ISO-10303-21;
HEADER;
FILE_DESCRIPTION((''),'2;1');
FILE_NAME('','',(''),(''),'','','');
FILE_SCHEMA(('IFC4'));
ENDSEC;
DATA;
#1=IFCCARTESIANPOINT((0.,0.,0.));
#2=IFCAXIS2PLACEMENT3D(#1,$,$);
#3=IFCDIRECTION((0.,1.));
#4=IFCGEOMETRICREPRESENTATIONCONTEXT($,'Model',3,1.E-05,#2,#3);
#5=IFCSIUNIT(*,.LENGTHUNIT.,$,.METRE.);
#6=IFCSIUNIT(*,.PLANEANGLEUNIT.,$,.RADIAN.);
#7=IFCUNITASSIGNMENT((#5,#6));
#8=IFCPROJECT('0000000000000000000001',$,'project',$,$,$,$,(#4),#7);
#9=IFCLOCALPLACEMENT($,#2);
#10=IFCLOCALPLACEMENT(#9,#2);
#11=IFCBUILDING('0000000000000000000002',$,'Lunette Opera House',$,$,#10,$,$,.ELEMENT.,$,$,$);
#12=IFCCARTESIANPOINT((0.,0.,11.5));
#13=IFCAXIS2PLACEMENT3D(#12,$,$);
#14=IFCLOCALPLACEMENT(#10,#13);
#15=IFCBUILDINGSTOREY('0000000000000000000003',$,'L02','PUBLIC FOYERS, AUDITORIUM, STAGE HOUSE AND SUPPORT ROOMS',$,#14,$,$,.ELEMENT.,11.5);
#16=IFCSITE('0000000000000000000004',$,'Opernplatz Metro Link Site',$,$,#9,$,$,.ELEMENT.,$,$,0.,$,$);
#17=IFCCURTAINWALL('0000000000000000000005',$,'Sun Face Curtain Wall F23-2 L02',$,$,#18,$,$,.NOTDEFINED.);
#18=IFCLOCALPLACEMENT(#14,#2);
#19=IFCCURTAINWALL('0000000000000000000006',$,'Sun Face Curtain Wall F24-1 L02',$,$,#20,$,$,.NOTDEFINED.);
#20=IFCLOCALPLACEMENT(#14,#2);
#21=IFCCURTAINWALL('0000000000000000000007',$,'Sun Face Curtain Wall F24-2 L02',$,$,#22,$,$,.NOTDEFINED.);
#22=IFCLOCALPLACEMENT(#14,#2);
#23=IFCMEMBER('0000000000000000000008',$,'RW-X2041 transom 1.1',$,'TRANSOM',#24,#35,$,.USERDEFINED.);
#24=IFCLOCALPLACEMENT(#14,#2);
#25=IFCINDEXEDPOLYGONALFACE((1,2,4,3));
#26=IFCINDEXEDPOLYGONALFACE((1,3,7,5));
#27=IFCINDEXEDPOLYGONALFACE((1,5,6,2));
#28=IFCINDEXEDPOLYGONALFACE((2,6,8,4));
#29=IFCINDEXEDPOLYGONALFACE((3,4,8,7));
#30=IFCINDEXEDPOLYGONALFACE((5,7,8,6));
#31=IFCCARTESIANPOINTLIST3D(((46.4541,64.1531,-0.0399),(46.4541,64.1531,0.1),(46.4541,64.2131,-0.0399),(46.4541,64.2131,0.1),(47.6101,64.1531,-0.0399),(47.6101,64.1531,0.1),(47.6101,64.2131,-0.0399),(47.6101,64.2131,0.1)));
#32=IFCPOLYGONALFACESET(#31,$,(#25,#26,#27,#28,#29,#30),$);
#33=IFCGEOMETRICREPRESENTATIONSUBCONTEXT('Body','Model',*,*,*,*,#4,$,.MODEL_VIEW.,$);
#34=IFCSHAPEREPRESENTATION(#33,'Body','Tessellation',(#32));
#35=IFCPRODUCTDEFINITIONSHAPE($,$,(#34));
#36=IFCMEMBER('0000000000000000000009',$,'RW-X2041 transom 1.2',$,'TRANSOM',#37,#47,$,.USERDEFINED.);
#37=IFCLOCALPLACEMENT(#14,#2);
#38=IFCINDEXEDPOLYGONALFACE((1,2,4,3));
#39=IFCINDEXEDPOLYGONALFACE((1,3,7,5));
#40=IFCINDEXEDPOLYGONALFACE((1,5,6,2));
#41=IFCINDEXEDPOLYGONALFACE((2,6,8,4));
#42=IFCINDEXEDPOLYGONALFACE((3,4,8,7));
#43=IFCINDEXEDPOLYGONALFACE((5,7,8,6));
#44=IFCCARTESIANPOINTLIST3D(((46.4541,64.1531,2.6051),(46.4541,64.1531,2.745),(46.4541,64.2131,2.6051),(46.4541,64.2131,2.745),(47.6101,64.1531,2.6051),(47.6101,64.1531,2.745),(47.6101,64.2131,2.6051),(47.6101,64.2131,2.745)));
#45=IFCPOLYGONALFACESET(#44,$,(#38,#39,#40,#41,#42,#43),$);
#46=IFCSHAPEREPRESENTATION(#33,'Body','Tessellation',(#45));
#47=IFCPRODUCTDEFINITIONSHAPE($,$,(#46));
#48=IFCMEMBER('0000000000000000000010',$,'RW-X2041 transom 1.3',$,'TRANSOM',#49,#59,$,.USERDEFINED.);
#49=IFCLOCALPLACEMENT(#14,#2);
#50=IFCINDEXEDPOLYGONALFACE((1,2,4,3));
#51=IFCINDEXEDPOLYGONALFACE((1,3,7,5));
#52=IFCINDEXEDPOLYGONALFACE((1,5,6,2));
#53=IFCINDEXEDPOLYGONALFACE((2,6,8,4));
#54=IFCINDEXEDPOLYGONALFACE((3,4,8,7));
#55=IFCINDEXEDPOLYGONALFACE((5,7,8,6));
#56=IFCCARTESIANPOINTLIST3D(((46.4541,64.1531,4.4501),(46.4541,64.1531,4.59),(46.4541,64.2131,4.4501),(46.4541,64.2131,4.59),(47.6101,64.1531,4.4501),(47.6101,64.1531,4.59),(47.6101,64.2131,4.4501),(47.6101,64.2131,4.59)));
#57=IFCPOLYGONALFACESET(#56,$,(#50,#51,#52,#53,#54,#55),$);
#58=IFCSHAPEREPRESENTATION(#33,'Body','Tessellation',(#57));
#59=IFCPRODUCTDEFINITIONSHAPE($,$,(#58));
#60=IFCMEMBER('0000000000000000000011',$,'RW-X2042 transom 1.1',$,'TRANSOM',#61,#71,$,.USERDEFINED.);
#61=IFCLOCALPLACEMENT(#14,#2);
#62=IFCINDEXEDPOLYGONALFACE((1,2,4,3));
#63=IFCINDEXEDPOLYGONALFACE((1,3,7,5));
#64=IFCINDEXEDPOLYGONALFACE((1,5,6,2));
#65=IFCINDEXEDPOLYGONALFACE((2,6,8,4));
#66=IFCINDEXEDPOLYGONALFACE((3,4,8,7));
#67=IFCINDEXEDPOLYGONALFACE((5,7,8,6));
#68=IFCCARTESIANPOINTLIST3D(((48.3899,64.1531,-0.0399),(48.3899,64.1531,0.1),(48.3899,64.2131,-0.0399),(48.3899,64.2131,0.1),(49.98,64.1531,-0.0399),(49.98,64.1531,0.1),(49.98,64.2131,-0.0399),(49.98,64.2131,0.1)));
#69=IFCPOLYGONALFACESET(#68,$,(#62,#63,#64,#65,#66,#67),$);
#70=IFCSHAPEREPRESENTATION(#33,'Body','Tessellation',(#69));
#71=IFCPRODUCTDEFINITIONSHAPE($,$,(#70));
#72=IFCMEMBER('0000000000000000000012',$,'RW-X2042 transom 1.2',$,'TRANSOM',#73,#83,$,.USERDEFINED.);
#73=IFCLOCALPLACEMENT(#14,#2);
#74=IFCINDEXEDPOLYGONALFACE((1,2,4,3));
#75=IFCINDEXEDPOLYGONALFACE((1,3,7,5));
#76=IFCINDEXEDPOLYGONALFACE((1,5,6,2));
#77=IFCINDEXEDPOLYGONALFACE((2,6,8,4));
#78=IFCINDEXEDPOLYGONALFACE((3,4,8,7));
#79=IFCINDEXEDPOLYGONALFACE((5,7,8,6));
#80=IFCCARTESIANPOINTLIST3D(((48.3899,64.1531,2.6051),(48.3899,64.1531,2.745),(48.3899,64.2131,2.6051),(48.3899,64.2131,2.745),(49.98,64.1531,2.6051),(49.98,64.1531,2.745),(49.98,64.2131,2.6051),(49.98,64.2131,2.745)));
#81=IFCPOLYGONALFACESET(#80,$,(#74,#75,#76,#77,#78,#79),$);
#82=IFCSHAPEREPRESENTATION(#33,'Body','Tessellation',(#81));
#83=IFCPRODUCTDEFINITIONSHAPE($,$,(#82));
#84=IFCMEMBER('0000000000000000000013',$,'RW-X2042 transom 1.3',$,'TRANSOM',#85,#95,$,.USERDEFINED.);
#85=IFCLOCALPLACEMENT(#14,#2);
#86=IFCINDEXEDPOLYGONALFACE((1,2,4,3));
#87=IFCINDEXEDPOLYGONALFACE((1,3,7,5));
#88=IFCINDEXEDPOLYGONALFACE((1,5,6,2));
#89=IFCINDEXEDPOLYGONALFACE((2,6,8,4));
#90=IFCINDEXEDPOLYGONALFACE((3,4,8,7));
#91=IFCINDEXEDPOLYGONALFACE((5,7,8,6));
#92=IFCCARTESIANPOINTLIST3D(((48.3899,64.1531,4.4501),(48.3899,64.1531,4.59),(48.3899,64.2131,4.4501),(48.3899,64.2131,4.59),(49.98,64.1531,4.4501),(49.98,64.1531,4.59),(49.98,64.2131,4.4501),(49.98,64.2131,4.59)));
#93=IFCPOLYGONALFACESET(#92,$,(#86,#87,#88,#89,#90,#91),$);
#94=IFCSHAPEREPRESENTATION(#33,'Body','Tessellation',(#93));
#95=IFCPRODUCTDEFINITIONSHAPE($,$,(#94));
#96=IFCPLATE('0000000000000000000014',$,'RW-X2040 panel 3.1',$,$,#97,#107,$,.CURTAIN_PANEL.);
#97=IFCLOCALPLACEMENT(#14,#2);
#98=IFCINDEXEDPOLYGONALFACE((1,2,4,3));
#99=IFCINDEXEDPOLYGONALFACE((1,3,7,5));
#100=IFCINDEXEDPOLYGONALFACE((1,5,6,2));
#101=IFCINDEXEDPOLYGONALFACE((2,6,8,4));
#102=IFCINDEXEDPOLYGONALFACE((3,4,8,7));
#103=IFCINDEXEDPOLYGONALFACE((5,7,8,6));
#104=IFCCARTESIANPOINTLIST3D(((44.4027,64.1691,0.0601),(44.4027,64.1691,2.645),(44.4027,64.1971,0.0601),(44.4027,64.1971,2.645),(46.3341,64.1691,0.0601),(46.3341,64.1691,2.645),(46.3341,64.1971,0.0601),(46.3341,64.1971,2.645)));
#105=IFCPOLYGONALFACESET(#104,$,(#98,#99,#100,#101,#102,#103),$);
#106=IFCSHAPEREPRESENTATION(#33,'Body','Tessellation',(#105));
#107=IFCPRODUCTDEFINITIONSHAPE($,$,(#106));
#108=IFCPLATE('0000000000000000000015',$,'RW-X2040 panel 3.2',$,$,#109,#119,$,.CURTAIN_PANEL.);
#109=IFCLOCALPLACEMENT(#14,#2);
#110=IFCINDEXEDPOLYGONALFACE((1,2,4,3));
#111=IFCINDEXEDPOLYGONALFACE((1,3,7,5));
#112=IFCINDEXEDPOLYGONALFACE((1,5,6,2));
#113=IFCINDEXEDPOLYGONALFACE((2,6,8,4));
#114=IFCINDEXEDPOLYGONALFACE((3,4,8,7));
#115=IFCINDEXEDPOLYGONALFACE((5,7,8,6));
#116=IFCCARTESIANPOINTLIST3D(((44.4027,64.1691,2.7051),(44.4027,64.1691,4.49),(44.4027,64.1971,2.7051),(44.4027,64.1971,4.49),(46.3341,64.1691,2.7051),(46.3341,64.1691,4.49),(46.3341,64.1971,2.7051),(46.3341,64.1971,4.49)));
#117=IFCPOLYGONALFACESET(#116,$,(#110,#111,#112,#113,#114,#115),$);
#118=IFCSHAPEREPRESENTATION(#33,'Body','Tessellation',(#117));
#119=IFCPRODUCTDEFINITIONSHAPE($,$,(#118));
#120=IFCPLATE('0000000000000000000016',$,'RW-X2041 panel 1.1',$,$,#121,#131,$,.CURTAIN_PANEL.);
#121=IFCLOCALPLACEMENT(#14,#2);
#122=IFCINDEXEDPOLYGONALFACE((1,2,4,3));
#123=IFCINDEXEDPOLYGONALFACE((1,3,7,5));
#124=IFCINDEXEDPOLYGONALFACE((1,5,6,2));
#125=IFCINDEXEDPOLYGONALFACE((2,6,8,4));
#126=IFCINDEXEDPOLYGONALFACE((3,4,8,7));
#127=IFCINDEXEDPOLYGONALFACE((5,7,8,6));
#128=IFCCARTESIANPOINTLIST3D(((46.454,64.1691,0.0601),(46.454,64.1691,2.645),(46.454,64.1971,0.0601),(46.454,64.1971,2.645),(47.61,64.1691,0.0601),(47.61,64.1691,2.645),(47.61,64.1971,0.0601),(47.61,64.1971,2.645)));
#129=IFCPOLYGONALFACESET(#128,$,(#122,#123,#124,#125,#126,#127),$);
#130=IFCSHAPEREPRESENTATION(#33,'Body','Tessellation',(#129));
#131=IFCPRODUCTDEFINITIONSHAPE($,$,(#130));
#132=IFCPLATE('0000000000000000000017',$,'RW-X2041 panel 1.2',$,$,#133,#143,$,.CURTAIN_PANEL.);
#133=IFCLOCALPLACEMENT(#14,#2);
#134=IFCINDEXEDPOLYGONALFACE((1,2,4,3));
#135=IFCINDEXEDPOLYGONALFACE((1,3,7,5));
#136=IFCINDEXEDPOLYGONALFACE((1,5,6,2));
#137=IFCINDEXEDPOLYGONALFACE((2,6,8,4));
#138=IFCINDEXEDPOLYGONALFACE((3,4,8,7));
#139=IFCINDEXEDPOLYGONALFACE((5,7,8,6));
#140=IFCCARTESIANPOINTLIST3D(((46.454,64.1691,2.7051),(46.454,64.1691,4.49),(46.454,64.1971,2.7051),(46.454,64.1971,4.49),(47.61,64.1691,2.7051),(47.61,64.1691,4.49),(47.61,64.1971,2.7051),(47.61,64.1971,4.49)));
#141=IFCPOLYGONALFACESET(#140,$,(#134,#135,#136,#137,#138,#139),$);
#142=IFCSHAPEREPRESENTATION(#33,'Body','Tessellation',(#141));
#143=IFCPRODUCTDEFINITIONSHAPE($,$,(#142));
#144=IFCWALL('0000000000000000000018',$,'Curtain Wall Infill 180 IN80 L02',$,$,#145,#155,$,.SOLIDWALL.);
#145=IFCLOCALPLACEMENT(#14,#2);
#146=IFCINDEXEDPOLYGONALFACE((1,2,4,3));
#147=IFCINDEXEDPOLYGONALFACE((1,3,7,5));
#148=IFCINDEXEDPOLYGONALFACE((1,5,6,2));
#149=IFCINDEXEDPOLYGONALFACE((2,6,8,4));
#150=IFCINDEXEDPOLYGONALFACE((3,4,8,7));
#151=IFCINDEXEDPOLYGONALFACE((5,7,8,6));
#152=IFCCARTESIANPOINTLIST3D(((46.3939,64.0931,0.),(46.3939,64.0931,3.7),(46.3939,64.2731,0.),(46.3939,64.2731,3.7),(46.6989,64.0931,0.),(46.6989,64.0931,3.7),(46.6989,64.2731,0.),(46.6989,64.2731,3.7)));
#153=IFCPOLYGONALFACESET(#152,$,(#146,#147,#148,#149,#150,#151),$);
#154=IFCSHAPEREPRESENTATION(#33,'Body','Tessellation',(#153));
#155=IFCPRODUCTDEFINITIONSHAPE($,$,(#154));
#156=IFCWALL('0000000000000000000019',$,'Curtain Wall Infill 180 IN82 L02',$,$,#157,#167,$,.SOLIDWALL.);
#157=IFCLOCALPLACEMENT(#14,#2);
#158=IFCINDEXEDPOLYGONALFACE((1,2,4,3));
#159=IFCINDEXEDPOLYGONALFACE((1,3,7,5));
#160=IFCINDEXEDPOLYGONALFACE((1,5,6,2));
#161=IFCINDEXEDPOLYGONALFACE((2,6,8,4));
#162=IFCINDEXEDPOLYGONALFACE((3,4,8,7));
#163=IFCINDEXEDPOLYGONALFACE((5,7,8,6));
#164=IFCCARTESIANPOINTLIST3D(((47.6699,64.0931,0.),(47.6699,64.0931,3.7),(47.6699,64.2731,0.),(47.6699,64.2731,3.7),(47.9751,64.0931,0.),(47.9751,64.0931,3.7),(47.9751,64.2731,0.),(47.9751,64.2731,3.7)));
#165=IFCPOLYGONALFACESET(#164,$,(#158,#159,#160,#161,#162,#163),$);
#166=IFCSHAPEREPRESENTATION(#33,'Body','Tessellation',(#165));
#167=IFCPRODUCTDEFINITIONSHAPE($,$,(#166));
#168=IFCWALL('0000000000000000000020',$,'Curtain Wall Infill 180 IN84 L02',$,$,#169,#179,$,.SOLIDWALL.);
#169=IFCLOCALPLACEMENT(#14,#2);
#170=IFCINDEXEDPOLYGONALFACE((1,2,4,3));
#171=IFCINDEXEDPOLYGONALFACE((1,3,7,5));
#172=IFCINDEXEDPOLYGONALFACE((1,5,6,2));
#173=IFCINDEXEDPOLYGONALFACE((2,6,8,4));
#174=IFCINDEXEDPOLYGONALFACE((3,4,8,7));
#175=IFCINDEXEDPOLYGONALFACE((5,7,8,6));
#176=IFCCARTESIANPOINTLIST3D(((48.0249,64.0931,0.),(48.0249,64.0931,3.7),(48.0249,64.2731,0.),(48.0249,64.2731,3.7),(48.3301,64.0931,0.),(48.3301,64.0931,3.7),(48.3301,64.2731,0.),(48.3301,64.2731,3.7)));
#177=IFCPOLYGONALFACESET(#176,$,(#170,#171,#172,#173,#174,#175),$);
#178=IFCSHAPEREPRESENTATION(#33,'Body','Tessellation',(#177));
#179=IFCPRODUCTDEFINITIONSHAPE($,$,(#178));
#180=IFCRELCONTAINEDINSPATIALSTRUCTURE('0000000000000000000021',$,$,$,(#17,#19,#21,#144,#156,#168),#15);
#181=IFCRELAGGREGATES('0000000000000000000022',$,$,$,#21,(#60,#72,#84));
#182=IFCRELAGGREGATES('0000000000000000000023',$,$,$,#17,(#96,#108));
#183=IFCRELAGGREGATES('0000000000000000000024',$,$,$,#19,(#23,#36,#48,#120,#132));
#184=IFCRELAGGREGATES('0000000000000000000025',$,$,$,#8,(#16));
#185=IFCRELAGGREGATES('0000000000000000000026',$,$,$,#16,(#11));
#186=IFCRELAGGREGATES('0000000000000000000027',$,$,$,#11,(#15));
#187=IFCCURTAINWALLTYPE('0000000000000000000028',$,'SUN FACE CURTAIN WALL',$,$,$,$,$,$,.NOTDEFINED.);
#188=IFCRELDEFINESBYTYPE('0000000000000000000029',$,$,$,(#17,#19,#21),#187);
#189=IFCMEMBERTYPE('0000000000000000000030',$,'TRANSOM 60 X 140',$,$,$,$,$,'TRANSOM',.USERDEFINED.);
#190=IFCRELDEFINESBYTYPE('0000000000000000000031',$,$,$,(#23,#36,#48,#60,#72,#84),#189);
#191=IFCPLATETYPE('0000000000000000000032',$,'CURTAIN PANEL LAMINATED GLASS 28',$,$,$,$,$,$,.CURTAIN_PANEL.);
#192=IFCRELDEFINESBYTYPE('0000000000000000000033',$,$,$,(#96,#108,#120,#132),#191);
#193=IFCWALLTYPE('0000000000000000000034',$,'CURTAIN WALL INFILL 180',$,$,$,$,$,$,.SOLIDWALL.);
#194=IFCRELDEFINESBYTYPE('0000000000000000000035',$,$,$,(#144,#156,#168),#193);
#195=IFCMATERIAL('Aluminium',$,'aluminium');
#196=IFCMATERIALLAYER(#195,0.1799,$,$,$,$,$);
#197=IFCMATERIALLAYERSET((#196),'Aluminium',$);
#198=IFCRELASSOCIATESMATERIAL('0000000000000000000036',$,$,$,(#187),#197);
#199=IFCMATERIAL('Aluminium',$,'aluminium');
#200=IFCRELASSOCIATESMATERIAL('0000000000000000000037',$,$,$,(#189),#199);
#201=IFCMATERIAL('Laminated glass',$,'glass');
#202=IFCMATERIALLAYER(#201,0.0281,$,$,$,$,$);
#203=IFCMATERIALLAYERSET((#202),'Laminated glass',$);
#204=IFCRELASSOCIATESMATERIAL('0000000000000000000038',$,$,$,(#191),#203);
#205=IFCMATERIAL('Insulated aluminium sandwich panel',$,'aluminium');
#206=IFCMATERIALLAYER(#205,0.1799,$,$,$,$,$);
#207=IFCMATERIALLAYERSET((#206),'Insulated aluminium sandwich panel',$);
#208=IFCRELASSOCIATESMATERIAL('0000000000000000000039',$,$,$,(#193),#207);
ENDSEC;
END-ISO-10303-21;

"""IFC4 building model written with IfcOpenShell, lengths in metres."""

from ifc_helpers import new_model, si_unit, direction, frame, frame_2d, origin, origin_2d, place, context, subcontext, project, spatial, rectangle, extrude, material, layer, layer_set, material_profile, profile_set, type_object, element, aggregate, save


model = new_model("IFC4")

# Units and contexts
model_context = context("Model", 3, precision=1e-05, world=origin(), true_north=direction((0.0, 1.0)))
body_context = subcontext(model_context, "Body", "Model", "MODEL_VIEW")
ifc_project = project(units=[si_unit("LENGTHUNIT", "METRE"), si_unit("PLANEANGLEUNIT", "RADIAN")], contexts=[model_context])

# Site, building, storey
site_placement = place(None, origin())
site = spatial("IfcSite", under=ifc_project, at=site_placement, Name="Opernplatz Metro Link Site", CompositionType="ELEMENT", RefElevation=0.0)
building_placement = place(site_placement, origin())
building = spatial("IfcBuilding", under=site, at=building_placement, Name="Lunette Opera House", CompositionType="ELEMENT")
storey_placement = place(building_placement, frame((0.0, 0.0, 11.5)))
storey = spatial("IfcBuildingStorey", under=building, at=storey_placement, Name="L02", Description="PUBLIC FOYERS, AUDITORIUM, STAGE HOUSE AND SUPPORT ROOMS", CompositionType="ELEMENT", Elevation=11.5)

# Curtain wall
ifc_material_1 = material(Name="Aluminium", Category="aluminium")
ifc_layer_1 = layer(ifc_material_1, 0.1799)
ifc_layer_set_1 = layer_set([ifc_layer_1], Name="Aluminium")
curtain_wall_type = type_object("IfcCurtainWallType", Name="SUN FACE CURTAIN WALL", PredefinedType="NOTDEFINED", material=ifc_layer_set_1)
curtain_wall_1_placement = place(storey_placement, origin())
curtain_wall_1 = element("IfcCurtainWall", 1, at=curtain_wall_1_placement, inside=storey, type_object=curtain_wall_type, Name="Sun Face Curtain Wall F23-2 L02", PredefinedType="NOTDEFINED")

# Curtain wall
curtain_wall_2_placement = place(storey_placement, origin())
curtain_wall_2 = element("IfcCurtainWall", 2, at=curtain_wall_2_placement, inside=storey, type_object=curtain_wall_type, Name="Sun Face Curtain Wall F24-1 L02", PredefinedType="NOTDEFINED")

# Curtain wall
curtain_wall_3_placement = place(storey_placement, origin())
curtain_wall_3 = element("IfcCurtainWall", 3, at=curtain_wall_3_placement, inside=storey, type_object=curtain_wall_type, Name="Sun Face Curtain Wall F24-2 L02", PredefinedType="NOTDEFINED")

# Members
ifc_material_2 = material(Name="Aluminium", Category="aluminium")
ifc_material_profile_1 = material_profile(ifc_material_2, rectangle(XDim=0.0601, YDim=0.1399, at=origin_2d()), Name="TRANSOM 60 X 140")
ifc_profile_set_1 = profile_set([ifc_material_profile_1], Name="Aluminium")
member_type_1 = type_object("IfcMemberType", Name="TRANSOM 60 X 140", ElementType="TRANSOM", PredefinedType="USERDEFINED", material=ifc_profile_set_1)
member_1_placement = place(storey_placement, frame((46.4541, 64.1831, 0.03), z_axis=(1.0, 0.0, 0.0), x_axis=(0.0, 1.0, 0.0)))
member_1 = element("IfcMember", 4, at=member_1_placement, type_object=member_type_1, Name="RW-X2041 transom 1.1", ObjectType="TRANSOM", PredefinedType="USERDEFINED", context=body_context, shape_type="SweptSolid", body=[
    extrude(rectangle(XDim=0.0601, YDim=0.1399, at=origin_2d()), origin(), (0.0, 0.0, 1.0), 1.156),
])
member_2_placement = place(storey_placement, frame((46.4541, 64.1831, 2.675), z_axis=(1.0, 0.0, 0.0), x_axis=(0.0, 1.0, 0.0)))
member_2 = element("IfcMember", 5, at=member_2_placement, type_object=member_type_1, Name="RW-X2041 transom 1.2", ObjectType="TRANSOM", PredefinedType="USERDEFINED", context=body_context, shape_type="SweptSolid", body=[
    extrude(rectangle(XDim=0.0601, YDim=0.1399, at=origin_2d()), origin(), (0.0, 0.0, 1.0), 1.156),
])
member_3_placement = place(storey_placement, frame((46.4541, 64.1831, 4.52), z_axis=(1.0, 0.0, 0.0), x_axis=(0.0, 1.0, 0.0)))
member_3 = element("IfcMember", 6, at=member_3_placement, type_object=member_type_1, Name="RW-X2041 transom 1.3", ObjectType="TRANSOM", PredefinedType="USERDEFINED", context=body_context, shape_type="SweptSolid", body=[
    extrude(rectangle(XDim=0.0601, YDim=0.1399, at=origin_2d()), origin(), (0.0, 0.0, 1.0), 1.156),
])
member_4_placement = place(storey_placement, frame((48.3899, 64.1831, 0.03), z_axis=(1.0, 0.0, 0.0), x_axis=(0.0, 1.0, 0.0)))
member_4 = element("IfcMember", 7, at=member_4_placement, type_object=member_type_1, Name="RW-X2042 transom 1.1", ObjectType="TRANSOM", PredefinedType="USERDEFINED", context=body_context, shape_type="SweptSolid", body=[
    extrude(rectangle(XDim=0.0601, YDim=0.1399, at=origin_2d()), origin(), (0.0, 0.0, 1.0), 1.5901),
])
member_5_placement = place(storey_placement, frame((48.3899, 64.1831, 2.675), z_axis=(1.0, 0.0, 0.0), x_axis=(0.0, 1.0, 0.0)))
member_5 = element("IfcMember", 8, at=member_5_placement, type_object=member_type_1, Name="RW-X2042 transom 1.2", ObjectType="TRANSOM", PredefinedType="USERDEFINED", context=body_context, shape_type="SweptSolid", body=[
    extrude(rectangle(XDim=0.0601, YDim=0.1399, at=origin_2d()), origin(), (0.0, 0.0, 1.0), 1.5901),
])
member_6_placement = place(storey_placement, frame((48.3899, 64.1831, 4.52), z_axis=(1.0, 0.0, 0.0), x_axis=(0.0, 1.0, 0.0)))
member_6 = element("IfcMember", 9, at=member_6_placement, type_object=member_type_1, Name="RW-X2042 transom 1.3", ObjectType="TRANSOM", PredefinedType="USERDEFINED", context=body_context, shape_type="SweptSolid", body=[
    extrude(rectangle(XDim=0.0601, YDim=0.1399, at=origin_2d()), origin(), (0.0, 0.0, 1.0), 1.5901),
])
aggregate(curtain_wall_3, [member_4, member_5, member_6])

# Plates
ifc_material_3 = material(Name="Laminated glass", Category="glass")
ifc_layer_2 = layer(ifc_material_3, 0.0281)
ifc_layer_set_2 = layer_set([ifc_layer_2], Name="Laminated glass")
plate_type = type_object("IfcPlateType", Name="CURTAIN PANEL LAMINATED GLASS 28", PredefinedType="CURTAIN_PANEL", material=ifc_layer_set_2)
plate_1_placement = place(storey_placement, frame((45.3684, 64.1831, 0.0601), z_axis=(0.0, 0.0, 1.0), x_axis=(1.0, 0.0, 0.0)))
plate_1 = element("IfcPlate", 10, at=plate_1_placement, type_object=plate_type, Name="RW-X2040 panel 3.1", PredefinedType="CURTAIN_PANEL", context=body_context, shape_type="SweptSolid", body=[
    extrude(rectangle(XDim=1.9314, YDim=0.0281, at=origin_2d()), origin(), (0.0, 0.0, 1.0), 2.585),
])
plate_2_placement = place(storey_placement, frame((45.3684, 64.1831, 2.7051), z_axis=(0.0, 0.0, 1.0), x_axis=(1.0, 0.0, 0.0)))
plate_2 = element("IfcPlate", 11, at=plate_2_placement, type_object=plate_type, Name="RW-X2040 panel 3.2", PredefinedType="CURTAIN_PANEL", context=body_context, shape_type="SweptSolid", body=[
    extrude(rectangle(XDim=1.9314, YDim=0.0281, at=origin_2d()), origin(), (0.0, 0.0, 1.0), 1.7849),
])
aggregate(curtain_wall_1, [plate_1, plate_2])
plate_3_placement = place(storey_placement, frame((47.032, 64.1831, 0.0601), z_axis=(0.0, 0.0, 1.0), x_axis=(1.0, 0.0, 0.0)))
plate_3 = element("IfcPlate", 12, at=plate_3_placement, type_object=plate_type, Name="RW-X2041 panel 1.1", PredefinedType="CURTAIN_PANEL", context=body_context, shape_type="SweptSolid", body=[
    extrude(rectangle(XDim=1.156, YDim=0.0281, at=origin_2d()), origin(), (0.0, 0.0, 1.0), 2.585),
])
plate_4_placement = place(storey_placement, frame((47.032, 64.1831, 2.7051), z_axis=(0.0, 0.0, 1.0), x_axis=(1.0, 0.0, 0.0)))
plate_4 = element("IfcPlate", 13, at=plate_4_placement, type_object=plate_type, Name="RW-X2041 panel 1.2", PredefinedType="CURTAIN_PANEL", context=body_context, shape_type="SweptSolid", body=[
    extrude(rectangle(XDim=1.156, YDim=0.0281, at=origin_2d()), origin(), (0.0, 0.0, 1.0), 1.7849),
])
aggregate(curtain_wall_2, [member_1, member_2, member_3, plate_3, plate_4])

# Walls
ifc_material_4 = material(Name="Insulated aluminium sandwich panel", Category="aluminium")
ifc_layer_3 = layer(ifc_material_4, 0.1799)
ifc_layer_set_3 = layer_set([ifc_layer_3], Name="Insulated aluminium sandwich panel")
wall_type = type_object("IfcWallType", Name="CURTAIN WALL INFILL 180", PredefinedType="SOLIDWALL", material=ifc_layer_set_3)
wall_placement = place(storey_placement, frame((46.394, 64.1831, 0.0), z_axis=(0.0, 0.0, 1.0), x_axis=(1.0, 0.0, 0.0)))
element("IfcWall", 14, at=wall_placement, inside=storey, type_object=wall_type, Name="Curtain Wall Infill 180 IN80 L02", PredefinedType="SOLIDWALL", context=body_context, shape_type="SweptSolid", body=[
    extrude(rectangle(XDim=0.3049, YDim=0.1799, at=frame_2d((0.1523, 0.0))), origin(), (0.0, 0.0, 1.0), 3.7),
])
for number, where, z_axis, x_axis, name in (
    (15, (47.6699, 64.1831, 0.0), (0.0, 0.0, 1.0), (1.0, 0.0, 0.0), "Curtain Wall Infill 180 IN82 L02"),
    (16, (48.3301, 64.1831, 0.0), (0.0, 0.0, 1.0), (-1.0, 0.0, 0.0), "Curtain Wall Infill 180 IN84 L02"),
):
    element("IfcWall", number, at=place(storey_placement, frame(where, z_axis=z_axis, x_axis=x_axis)), inside=storey, type_object=wall_type, Name=name, PredefinedType="SOLIDWALL", context=body_context, shape_type="SweptSolid", body=[
        extrude(rectangle(XDim=0.3052, YDim=0.1799, at=frame_2d((0.1526, 0.0))), origin(), (0.0, 0.0, 1.0), 3.7),
    ])

save(model, "model.ifc")
